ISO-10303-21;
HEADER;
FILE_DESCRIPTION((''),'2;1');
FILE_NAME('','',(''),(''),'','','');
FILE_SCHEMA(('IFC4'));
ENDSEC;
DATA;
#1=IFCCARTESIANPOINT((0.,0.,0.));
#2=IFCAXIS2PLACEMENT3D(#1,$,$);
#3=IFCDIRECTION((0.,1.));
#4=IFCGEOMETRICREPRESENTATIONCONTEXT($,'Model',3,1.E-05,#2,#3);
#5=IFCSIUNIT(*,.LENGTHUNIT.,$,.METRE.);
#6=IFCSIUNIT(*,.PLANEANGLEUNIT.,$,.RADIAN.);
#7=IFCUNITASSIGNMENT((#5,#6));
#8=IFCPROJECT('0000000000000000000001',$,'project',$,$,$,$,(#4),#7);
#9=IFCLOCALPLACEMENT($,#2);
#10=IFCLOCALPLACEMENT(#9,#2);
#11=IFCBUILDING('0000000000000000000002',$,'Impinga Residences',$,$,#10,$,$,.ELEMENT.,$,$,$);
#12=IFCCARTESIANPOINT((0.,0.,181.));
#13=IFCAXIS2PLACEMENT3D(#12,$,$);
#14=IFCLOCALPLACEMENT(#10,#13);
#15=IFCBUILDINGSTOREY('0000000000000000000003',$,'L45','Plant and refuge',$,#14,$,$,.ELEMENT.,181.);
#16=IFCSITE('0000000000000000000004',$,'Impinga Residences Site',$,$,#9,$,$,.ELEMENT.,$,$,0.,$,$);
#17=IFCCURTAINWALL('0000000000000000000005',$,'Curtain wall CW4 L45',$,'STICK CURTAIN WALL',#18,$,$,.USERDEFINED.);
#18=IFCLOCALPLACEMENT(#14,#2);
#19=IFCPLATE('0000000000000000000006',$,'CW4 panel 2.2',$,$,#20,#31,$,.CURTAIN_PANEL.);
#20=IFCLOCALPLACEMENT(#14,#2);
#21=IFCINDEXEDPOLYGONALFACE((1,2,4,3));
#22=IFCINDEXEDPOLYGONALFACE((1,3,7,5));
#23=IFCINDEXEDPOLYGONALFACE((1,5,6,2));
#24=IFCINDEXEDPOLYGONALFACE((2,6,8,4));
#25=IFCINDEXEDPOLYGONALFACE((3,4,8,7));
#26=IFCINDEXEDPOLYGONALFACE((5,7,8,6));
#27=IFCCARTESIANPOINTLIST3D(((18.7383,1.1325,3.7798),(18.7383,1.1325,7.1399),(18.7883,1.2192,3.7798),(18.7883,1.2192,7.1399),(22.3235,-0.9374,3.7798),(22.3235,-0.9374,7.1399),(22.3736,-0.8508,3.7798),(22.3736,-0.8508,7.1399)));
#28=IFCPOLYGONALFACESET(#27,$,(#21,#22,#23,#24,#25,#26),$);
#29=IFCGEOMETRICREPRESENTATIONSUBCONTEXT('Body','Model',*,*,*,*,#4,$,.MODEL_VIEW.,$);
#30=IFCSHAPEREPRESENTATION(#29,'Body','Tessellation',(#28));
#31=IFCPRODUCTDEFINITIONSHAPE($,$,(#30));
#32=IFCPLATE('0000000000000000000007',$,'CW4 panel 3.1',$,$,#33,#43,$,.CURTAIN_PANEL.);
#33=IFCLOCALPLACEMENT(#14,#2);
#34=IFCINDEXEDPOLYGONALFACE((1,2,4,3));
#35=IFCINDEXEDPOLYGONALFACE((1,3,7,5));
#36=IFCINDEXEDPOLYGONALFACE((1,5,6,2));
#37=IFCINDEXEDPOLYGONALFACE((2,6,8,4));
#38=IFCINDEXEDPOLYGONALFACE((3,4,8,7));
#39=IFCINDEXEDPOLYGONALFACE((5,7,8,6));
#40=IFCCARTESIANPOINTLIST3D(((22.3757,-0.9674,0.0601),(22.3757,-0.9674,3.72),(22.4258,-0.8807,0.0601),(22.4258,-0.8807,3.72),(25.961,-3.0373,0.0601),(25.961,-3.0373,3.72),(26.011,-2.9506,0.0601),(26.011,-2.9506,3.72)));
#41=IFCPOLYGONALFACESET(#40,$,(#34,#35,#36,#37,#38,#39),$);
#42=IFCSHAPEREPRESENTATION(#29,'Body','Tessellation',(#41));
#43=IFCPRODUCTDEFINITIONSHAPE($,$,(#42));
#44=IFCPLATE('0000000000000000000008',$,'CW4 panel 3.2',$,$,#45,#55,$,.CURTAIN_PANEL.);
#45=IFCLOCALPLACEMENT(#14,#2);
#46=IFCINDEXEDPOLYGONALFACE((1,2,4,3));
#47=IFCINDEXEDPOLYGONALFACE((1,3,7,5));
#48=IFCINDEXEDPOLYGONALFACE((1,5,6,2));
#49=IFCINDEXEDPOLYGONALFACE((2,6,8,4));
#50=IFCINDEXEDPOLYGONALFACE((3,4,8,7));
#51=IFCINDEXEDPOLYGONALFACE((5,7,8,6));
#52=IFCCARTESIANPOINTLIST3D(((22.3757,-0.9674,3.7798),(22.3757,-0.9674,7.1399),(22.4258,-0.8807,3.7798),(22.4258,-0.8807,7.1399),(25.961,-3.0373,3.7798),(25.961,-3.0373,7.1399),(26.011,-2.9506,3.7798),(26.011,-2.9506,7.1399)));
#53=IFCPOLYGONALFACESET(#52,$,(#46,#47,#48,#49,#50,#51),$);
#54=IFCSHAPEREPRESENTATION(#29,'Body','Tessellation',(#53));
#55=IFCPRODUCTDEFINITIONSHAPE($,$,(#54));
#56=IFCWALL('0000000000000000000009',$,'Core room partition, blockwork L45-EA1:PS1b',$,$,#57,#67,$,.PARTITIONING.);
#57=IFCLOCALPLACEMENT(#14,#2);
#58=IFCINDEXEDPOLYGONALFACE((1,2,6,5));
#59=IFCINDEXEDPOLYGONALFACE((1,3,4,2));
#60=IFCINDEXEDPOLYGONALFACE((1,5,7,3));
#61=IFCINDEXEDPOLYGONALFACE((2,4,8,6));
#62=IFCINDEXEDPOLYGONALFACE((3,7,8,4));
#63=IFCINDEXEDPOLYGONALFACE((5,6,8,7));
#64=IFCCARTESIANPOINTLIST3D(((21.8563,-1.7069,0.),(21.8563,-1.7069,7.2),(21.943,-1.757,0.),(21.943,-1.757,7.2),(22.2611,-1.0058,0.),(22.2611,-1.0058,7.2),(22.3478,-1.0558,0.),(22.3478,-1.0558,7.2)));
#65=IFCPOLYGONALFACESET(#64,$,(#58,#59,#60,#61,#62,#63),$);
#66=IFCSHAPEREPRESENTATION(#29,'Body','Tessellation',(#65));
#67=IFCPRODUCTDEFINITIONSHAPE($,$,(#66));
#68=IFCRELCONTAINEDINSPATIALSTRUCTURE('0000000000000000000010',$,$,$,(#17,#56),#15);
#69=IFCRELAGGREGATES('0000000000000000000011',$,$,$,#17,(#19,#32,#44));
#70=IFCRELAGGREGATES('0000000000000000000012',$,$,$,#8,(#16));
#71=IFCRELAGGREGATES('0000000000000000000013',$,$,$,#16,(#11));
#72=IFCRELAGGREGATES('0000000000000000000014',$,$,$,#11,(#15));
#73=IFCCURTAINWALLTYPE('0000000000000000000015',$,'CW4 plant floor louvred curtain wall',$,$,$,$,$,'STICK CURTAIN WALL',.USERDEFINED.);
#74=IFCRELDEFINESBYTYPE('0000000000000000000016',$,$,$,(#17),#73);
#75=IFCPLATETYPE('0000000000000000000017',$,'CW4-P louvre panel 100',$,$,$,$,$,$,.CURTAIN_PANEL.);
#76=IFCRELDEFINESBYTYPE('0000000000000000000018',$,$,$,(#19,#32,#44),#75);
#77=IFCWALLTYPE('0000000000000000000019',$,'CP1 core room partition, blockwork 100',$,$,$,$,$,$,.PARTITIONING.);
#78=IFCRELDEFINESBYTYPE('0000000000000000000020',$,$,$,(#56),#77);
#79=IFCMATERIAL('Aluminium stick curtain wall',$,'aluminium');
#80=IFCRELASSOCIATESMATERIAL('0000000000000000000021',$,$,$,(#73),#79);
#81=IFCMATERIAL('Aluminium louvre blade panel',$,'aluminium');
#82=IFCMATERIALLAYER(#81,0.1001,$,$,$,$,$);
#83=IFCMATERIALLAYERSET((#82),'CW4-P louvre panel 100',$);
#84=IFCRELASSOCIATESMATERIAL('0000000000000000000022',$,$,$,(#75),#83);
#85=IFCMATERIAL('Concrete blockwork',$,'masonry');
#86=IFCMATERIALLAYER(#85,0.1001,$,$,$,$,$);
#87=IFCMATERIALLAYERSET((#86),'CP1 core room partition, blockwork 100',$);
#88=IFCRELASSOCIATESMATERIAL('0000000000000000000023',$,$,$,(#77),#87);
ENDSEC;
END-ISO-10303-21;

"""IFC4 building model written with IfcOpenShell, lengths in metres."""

from ifc_helpers import new_model, si_unit, direction, frame, frame_2d, origin, origin_2d, place, context, subcontext, project, spatial, rectangle, extrude, material, layer, layer_set, type_object, element, aggregate, save


model = new_model("IFC4")

# Units and contexts
model_context = context("Model", 3, precision=1e-05, world=origin(), true_north=direction((0.0, 1.0)))
body_context = subcontext(model_context, "Body", "Model", "MODEL_VIEW")
ifc_project = project(units=[si_unit("LENGTHUNIT", "METRE"), si_unit("PLANEANGLEUNIT", "RADIAN")], contexts=[model_context])

# Site, building, storey
site_placement = place(None, origin())
site = spatial("IfcSite", under=ifc_project, at=site_placement, Name="Impinga Residences Site", CompositionType="ELEMENT", RefElevation=0.0)
building_placement = place(site_placement, origin())
building = spatial("IfcBuilding", under=site, at=building_placement, Name="Impinga Residences", CompositionType="ELEMENT")
storey_placement = place(building_placement, frame((0.0, 0.0, 181.0)))
storey = spatial("IfcBuildingStorey", under=building, at=storey_placement, Name="L45", Description="Plant and refuge", CompositionType="ELEMENT", Elevation=181.0)

# Curtain wall, plates
ifc_material_1 = material(Name="Aluminium stick curtain wall", Category="aluminium")
curtain_wall_type = type_object("IfcCurtainWallType", Name="CW4 plant floor louvred curtain wall", ElementType="STICK CURTAIN WALL", PredefinedType="USERDEFINED", material=ifc_material_1)
curtain_wall_placement = place(storey_placement, origin())
curtain_wall = element("IfcCurtainWall", 1, at=curtain_wall_placement, inside=storey, type_object=curtain_wall_type, Name="Curtain wall CW4 L45", ObjectType="STICK CURTAIN WALL", PredefinedType="USERDEFINED")
ifc_material_2 = material(Name="Aluminium louvre blade panel", Category="aluminium")
ifc_layer_1 = layer(ifc_material_2, 0.1001)
ifc_layer_set_1 = layer_set([ifc_layer_1], Name="CW4-P louvre panel 100")
plate_type = type_object("IfcPlateType", Name="CW4-P louvre panel 100", PredefinedType="CURTAIN_PANEL", material=ifc_layer_set_1)
plate_1_placement = place(storey_placement, frame((20.5559, 0.1409, 3.7798), z_axis=(0.0, 0.0, 1.0), x_axis=(0.866025, -0.5, 0.0)))
plate_1 = element("IfcPlate", 2, at=plate_1_placement, type_object=plate_type, Name="CW4 panel 2.2", PredefinedType="CURTAIN_PANEL", context=body_context, shape_type="SweptSolid", body=[
    extrude(rectangle(XDim=4.1399, YDim=0.1001, at=origin_2d()), origin(), (0.0, 0.0, 1.0), 3.3601),
])
plate_2_placement = place(storey_placement, frame((24.1934, -1.959, 0.0601), z_axis=(0.0, 0.0, 1.0), x_axis=(0.866025, -0.5, 0.0)))
plate_2 = element("IfcPlate", 3, at=plate_2_placement, type_object=plate_type, Name="CW4 panel 3.1", PredefinedType="CURTAIN_PANEL", context=body_context, shape_type="SweptSolid", body=[
    extrude(rectangle(XDim=4.1399, YDim=0.1001, at=origin_2d()), origin(), (0.0, 0.0, 1.0), 3.6599),
])
plate_3_placement = place(storey_placement, frame((24.1934, -1.959, 3.7798), z_axis=(0.0, 0.0, 1.0), x_axis=(0.866025, -0.5, 0.0)))
plate_3 = element("IfcPlate", 4, at=plate_3_placement, type_object=plate_type, Name="CW4 panel 3.2", PredefinedType="CURTAIN_PANEL", context=body_context, shape_type="SweptSolid", body=[
    extrude(rectangle(XDim=4.1399, YDim=0.1001, at=origin_2d()), origin(), (0.0, 0.0, 1.0), 3.3601),
])
aggregate(curtain_wall, [plate_1, plate_2, plate_3])

# Wall
ifc_material_3 = material(Name="Concrete blockwork", Category="masonry")
ifc_layer_2 = layer(ifc_material_3, 0.1001)
ifc_layer_set_2 = layer_set([ifc_layer_2], Name="CP1 core room partition, blockwork 100")
wall_type = type_object("IfcWallType", Name="CP1 core room partition, blockwork 100", PredefinedType="PARTITIONING", material=ifc_layer_set_2)
wall_placement = place(storey_placement, frame((21.8997, -1.7319, 0.0), z_axis=(0.0, 0.0, 1.0), x_axis=(0.499966, 0.866045, 0.0)))
element("IfcWall", 5, at=wall_placement, inside=storey, type_object=wall_type, Name="Core room partition, blockwork L45-EA1:PS1b", PredefinedType="PARTITIONING", context=body_context, shape_type="SweptSolid", body=[
    extrude(rectangle(XDim=0.8096, YDim=0.1001, at=frame_2d((0.4048, 0.0))), origin(), (0.0, 0.0, 1.0), 7.2),
])

save(model, "model.ifc")
